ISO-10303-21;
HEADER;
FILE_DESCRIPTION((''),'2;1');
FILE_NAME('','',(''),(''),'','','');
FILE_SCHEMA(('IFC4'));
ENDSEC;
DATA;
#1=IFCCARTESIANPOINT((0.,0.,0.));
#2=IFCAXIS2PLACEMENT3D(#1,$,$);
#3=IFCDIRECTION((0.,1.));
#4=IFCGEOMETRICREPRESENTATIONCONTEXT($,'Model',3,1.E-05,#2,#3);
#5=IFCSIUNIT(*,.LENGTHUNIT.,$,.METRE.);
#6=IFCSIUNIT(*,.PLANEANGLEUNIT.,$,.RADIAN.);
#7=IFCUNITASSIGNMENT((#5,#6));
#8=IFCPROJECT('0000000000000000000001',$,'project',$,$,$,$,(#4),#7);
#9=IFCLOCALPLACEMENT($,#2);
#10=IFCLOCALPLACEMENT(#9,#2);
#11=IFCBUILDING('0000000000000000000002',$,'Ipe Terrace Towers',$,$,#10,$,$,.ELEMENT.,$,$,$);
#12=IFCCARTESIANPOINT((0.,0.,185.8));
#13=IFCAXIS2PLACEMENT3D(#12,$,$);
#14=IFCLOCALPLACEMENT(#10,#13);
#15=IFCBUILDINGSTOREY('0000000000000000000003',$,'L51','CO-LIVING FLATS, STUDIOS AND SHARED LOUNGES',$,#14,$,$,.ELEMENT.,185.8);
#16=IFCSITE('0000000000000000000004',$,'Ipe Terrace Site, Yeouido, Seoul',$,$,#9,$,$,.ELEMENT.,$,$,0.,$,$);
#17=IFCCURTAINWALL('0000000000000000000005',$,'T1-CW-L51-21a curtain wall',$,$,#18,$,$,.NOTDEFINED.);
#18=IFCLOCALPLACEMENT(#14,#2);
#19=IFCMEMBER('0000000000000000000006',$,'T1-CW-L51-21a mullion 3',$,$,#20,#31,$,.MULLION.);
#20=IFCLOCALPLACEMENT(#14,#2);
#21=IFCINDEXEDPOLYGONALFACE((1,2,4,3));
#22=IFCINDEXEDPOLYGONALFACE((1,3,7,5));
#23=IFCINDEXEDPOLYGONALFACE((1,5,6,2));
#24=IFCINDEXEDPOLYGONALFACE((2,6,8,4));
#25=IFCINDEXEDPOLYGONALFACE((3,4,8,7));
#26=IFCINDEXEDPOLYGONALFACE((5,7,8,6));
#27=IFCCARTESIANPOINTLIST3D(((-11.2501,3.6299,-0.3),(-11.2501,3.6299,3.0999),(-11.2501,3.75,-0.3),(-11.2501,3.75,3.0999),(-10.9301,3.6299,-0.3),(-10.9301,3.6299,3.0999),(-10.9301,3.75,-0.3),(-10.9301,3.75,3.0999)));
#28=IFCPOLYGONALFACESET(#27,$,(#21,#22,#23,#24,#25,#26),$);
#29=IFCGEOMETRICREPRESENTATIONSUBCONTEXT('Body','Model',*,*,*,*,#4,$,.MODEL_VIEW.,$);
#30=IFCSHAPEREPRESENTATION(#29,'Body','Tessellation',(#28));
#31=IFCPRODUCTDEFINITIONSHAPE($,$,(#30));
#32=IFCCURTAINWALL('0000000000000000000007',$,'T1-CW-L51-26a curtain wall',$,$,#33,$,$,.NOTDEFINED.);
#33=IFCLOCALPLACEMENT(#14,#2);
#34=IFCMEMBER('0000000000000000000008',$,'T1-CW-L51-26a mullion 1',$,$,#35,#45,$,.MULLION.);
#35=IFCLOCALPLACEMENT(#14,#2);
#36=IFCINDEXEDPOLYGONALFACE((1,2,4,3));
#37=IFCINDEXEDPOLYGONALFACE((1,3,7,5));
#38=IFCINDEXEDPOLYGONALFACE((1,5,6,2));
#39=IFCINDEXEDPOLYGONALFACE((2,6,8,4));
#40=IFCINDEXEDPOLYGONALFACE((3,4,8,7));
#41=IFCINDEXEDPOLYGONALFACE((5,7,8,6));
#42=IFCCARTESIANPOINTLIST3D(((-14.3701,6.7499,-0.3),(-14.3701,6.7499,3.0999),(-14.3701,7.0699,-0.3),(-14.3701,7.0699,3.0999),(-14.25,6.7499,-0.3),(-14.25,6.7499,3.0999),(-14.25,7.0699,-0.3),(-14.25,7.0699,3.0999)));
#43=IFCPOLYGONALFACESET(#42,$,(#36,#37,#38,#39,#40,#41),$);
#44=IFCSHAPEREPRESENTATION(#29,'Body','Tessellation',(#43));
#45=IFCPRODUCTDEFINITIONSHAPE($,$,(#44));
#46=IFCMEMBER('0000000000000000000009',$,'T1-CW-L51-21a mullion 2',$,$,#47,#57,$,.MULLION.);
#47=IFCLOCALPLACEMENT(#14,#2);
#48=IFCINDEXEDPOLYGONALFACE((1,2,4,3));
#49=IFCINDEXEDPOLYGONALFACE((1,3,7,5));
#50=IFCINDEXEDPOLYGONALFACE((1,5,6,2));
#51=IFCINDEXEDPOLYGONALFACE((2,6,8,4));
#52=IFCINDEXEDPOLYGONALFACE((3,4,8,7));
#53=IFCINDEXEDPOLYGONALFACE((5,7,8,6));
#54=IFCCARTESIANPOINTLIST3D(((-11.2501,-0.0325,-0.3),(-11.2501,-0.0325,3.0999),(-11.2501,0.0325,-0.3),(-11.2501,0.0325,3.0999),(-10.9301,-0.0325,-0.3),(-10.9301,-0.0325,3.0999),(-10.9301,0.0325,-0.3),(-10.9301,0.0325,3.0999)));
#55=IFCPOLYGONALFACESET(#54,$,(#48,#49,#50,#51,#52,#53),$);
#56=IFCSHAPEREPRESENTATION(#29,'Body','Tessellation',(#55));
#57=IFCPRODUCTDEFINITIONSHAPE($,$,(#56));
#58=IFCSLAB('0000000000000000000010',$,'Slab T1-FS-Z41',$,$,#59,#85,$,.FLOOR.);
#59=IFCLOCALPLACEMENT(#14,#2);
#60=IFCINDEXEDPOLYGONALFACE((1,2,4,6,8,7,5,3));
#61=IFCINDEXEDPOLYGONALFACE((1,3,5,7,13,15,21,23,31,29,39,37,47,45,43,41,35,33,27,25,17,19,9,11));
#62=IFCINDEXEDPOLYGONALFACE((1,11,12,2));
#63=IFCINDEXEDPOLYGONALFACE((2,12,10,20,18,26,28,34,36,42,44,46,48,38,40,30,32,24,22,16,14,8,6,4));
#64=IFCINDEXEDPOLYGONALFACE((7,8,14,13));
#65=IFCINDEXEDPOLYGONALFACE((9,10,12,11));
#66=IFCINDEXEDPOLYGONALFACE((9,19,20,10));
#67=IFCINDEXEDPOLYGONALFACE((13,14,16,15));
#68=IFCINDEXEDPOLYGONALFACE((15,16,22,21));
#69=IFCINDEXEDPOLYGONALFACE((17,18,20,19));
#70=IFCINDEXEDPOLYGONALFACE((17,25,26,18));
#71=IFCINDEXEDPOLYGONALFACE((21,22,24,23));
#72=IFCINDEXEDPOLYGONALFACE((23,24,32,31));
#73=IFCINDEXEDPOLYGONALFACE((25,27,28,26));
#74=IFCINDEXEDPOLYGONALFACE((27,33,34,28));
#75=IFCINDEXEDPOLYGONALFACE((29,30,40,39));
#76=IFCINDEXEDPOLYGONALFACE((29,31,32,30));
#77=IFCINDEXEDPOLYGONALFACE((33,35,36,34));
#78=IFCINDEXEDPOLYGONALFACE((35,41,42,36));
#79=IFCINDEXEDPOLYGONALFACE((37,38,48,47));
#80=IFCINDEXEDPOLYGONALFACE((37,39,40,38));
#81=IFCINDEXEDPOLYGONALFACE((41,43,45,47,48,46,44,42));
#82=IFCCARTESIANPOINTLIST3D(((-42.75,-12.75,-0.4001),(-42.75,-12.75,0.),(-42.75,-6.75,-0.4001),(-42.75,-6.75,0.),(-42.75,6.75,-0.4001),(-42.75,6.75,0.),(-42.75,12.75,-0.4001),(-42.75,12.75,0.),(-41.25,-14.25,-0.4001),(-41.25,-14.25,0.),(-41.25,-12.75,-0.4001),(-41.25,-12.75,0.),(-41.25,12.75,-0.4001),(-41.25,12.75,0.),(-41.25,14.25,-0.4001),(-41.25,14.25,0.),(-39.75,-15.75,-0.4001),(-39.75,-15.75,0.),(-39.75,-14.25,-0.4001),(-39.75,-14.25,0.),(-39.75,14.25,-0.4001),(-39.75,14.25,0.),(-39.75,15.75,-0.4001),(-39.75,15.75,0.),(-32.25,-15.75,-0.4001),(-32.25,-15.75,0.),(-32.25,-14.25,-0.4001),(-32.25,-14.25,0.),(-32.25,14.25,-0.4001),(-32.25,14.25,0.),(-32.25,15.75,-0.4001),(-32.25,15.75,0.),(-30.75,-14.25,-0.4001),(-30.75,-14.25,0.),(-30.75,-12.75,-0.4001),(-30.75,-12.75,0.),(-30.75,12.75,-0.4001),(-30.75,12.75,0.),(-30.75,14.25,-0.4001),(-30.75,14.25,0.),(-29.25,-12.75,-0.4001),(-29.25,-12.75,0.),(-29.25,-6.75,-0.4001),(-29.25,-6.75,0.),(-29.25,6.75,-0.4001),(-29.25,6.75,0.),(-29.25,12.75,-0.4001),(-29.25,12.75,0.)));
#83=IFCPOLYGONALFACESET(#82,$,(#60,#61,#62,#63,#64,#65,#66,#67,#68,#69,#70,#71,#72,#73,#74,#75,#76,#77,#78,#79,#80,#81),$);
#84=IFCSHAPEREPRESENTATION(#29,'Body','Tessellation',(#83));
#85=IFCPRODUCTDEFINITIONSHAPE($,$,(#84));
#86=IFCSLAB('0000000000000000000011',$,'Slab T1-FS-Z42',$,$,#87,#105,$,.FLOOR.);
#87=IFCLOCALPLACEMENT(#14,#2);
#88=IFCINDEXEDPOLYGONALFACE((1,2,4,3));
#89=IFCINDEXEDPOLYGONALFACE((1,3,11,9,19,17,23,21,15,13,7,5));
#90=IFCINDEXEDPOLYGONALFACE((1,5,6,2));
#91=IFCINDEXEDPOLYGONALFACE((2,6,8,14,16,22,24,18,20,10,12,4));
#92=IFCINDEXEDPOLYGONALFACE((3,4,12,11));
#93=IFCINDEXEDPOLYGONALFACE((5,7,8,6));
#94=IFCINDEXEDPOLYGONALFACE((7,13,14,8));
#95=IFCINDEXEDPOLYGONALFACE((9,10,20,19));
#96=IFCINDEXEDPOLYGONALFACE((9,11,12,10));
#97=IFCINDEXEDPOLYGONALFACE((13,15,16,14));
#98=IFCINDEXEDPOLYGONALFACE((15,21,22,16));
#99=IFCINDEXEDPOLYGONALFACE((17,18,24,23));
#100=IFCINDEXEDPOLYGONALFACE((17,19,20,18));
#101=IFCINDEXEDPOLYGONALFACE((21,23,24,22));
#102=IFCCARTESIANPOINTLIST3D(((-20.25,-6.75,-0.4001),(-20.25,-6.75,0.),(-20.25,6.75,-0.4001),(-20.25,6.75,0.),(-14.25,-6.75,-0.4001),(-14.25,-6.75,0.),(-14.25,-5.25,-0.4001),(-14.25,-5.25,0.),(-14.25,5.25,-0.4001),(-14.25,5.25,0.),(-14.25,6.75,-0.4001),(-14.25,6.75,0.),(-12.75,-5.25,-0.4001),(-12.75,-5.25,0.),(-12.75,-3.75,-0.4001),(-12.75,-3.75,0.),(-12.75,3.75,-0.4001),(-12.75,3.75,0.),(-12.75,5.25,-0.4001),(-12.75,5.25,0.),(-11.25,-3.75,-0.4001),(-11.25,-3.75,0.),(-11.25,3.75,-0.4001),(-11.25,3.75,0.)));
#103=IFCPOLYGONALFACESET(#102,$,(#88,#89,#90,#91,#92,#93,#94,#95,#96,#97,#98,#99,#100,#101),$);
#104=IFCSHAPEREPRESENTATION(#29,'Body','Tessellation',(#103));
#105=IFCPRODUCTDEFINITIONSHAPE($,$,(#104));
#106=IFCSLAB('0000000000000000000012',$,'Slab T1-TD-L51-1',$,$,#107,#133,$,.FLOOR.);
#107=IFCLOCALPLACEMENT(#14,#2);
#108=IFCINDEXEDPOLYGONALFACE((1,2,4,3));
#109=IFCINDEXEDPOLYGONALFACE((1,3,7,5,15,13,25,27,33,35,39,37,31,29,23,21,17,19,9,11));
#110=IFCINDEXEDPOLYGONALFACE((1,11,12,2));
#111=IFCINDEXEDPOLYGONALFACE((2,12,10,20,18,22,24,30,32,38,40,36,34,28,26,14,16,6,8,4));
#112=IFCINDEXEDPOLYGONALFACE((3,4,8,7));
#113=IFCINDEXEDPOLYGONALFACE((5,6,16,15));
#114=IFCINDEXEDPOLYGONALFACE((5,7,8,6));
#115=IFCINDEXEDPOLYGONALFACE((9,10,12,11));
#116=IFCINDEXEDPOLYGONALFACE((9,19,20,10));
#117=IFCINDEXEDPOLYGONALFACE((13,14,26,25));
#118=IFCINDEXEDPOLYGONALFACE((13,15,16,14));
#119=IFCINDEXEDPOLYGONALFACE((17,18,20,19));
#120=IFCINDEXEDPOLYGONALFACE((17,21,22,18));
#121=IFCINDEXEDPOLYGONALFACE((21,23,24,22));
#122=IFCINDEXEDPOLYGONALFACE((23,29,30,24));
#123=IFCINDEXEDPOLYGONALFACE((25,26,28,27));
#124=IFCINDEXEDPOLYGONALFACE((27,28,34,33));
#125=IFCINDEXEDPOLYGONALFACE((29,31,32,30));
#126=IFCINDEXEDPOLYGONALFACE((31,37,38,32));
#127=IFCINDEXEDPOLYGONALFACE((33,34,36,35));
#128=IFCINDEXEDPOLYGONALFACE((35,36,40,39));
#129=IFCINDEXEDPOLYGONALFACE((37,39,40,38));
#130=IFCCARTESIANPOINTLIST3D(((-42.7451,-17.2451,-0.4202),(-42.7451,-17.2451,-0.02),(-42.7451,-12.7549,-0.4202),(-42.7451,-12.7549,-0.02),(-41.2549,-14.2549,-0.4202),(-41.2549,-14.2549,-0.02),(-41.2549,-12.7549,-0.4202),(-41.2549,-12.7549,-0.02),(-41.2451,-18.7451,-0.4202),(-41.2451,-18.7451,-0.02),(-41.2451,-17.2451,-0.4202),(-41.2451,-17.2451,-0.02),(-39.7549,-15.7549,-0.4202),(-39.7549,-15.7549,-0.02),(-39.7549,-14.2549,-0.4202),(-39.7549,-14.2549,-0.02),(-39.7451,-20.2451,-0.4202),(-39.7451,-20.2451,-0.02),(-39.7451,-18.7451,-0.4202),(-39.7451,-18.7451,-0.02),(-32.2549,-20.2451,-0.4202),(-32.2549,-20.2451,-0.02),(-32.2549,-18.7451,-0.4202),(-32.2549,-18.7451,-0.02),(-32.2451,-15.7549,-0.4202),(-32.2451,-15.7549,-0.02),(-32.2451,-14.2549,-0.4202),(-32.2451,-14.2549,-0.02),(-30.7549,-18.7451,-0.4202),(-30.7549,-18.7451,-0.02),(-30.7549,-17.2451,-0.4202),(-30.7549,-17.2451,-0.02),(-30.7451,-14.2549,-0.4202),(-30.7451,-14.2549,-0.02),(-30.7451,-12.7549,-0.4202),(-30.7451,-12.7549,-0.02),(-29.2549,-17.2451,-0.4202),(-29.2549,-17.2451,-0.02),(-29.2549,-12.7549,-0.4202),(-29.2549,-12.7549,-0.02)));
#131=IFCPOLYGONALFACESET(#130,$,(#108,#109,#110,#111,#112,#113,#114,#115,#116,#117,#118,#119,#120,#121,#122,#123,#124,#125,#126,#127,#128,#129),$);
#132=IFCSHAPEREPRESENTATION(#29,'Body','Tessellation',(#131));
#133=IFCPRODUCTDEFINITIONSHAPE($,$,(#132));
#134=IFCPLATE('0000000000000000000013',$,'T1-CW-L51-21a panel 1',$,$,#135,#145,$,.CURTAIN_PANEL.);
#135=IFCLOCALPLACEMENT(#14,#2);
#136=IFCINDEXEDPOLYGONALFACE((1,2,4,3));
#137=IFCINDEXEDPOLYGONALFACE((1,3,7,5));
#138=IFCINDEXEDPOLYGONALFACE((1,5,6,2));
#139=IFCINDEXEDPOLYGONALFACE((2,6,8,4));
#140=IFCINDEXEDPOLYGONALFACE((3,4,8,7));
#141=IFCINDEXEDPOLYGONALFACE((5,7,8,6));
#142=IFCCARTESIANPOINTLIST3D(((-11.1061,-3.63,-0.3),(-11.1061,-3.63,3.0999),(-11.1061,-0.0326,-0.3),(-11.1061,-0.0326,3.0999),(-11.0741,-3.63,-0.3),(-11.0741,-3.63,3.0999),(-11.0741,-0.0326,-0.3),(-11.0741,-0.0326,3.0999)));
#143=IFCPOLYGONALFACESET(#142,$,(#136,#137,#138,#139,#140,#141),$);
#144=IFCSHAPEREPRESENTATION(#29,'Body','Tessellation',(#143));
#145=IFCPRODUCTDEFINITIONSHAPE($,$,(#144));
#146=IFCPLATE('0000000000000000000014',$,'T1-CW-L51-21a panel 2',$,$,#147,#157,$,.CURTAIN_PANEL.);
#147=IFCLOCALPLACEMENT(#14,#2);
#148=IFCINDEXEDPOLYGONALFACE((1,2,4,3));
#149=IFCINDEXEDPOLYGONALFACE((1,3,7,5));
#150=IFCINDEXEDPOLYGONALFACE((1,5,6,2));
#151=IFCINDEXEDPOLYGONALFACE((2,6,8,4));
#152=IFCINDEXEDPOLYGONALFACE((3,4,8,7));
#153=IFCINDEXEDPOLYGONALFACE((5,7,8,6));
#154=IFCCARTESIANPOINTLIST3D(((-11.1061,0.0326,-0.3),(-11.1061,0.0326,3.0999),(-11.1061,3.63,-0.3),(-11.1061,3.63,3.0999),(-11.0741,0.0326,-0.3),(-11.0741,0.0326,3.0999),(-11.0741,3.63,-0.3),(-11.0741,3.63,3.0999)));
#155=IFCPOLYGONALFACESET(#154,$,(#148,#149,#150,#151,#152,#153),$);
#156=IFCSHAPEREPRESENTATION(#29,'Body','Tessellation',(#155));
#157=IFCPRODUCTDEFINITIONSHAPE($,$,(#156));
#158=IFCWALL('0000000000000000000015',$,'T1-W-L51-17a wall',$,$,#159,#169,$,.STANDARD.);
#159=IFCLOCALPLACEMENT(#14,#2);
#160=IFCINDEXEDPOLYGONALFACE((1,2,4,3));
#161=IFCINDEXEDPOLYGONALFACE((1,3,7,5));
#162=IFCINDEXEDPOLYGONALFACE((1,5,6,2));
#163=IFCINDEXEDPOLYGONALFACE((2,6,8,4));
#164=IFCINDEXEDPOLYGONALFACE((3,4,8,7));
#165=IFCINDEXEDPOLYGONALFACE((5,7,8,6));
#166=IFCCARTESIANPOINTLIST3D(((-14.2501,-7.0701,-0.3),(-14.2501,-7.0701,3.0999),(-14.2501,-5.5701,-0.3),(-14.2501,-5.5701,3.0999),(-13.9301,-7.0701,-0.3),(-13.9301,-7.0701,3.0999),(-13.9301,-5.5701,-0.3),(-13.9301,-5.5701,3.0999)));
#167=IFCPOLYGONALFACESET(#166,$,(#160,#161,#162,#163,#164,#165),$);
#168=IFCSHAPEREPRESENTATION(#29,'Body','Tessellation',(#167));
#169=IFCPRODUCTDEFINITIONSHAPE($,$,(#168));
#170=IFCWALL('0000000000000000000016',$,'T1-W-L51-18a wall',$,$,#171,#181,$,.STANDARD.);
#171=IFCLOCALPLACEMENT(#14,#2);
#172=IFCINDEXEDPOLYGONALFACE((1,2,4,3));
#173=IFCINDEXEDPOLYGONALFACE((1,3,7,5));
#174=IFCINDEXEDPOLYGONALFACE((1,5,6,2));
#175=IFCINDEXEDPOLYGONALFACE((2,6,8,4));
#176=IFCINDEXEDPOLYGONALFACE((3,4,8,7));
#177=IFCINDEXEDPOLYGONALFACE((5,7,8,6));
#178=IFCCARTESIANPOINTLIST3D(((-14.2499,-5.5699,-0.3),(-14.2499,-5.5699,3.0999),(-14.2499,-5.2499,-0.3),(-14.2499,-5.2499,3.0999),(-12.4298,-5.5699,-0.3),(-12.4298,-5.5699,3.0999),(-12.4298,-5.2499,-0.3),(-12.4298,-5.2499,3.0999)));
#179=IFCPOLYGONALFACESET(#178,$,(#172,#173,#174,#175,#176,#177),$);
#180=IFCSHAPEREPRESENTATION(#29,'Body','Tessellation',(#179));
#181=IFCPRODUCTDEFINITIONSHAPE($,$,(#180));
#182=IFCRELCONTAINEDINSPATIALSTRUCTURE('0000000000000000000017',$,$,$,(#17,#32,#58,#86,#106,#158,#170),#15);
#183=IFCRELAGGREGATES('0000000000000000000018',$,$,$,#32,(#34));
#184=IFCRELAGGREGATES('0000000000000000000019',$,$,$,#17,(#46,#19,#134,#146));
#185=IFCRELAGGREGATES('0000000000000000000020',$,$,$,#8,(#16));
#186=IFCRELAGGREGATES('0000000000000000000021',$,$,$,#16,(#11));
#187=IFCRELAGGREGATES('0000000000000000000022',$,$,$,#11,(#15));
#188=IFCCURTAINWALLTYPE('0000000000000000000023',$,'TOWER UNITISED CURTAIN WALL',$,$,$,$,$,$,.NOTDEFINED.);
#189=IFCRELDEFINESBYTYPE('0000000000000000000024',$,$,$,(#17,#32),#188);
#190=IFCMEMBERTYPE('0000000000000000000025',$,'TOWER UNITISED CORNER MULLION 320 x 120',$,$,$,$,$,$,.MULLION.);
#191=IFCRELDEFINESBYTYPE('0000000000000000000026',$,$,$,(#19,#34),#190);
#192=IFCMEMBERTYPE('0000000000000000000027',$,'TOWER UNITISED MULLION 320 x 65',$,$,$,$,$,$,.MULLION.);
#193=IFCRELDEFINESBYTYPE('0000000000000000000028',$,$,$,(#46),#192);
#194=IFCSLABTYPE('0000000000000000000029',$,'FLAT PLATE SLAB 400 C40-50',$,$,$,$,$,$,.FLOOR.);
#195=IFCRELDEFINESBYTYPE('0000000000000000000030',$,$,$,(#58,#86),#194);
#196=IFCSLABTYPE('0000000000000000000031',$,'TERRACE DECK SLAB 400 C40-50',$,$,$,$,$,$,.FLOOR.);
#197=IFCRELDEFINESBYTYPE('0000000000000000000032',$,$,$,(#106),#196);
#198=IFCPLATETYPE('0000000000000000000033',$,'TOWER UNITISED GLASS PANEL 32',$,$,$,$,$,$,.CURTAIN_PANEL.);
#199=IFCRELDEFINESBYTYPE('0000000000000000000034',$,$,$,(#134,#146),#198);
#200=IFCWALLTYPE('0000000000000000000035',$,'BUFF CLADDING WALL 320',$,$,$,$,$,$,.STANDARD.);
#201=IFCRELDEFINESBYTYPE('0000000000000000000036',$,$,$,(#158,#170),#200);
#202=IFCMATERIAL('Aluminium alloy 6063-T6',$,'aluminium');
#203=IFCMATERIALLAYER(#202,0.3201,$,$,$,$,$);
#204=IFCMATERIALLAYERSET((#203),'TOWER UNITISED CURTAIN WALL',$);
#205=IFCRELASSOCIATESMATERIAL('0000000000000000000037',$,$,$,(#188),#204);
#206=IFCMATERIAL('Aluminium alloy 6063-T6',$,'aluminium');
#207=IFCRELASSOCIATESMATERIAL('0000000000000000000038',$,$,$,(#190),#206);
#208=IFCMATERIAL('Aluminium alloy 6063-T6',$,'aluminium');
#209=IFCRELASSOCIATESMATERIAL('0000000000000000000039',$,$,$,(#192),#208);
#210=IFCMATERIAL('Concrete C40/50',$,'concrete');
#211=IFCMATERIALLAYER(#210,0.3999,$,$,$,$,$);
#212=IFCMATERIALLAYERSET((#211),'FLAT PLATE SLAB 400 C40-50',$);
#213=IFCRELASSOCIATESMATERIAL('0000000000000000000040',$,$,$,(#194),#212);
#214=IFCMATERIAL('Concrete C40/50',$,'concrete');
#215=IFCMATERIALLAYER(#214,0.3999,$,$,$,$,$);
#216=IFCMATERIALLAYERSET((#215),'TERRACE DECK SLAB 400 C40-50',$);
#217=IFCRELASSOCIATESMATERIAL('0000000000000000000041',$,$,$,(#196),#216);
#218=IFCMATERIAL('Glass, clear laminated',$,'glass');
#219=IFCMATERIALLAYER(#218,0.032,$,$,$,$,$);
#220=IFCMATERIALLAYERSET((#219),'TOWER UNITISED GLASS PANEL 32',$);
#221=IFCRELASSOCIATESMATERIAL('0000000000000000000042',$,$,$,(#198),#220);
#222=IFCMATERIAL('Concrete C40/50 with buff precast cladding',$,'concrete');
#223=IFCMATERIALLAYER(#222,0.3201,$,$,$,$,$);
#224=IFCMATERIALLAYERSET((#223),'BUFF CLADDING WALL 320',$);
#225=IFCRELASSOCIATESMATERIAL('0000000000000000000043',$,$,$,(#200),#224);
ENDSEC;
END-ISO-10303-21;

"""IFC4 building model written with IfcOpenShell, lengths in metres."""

from ifc_helpers import new_model, si_unit, direction, frame, frame_2d, origin, origin_2d, place, context, subcontext, project, spatial, polyline, rectangle, outline, extrude, material, layer, layer_set, material_profile, profile_set, type_object, element, aggregate, save


model = new_model("IFC4")

# Units and contexts
model_context = context("Model", 3, precision=1e-05, world=origin(), true_north=direction((0.0, 1.0)))
body_context = subcontext(model_context, "Body", "Model", "MODEL_VIEW")
ifc_project = project(units=[si_unit("LENGTHUNIT", "METRE"), si_unit("PLANEANGLEUNIT", "RADIAN")], contexts=[model_context])

# Site, building, storey
site_placement = place(None, origin())
site = spatial("IfcSite", under=ifc_project, at=site_placement, Name="Ipe Terrace Site, Yeouido, Seoul", CompositionType="ELEMENT", RefElevation=0.0)
building_placement = place(site_placement, origin())
building = spatial("IfcBuilding", under=site, at=building_placement, Name="Ipe Terrace Towers", CompositionType="ELEMENT")
storey_placement = place(building_placement, frame((0.0, 0.0, 185.8)))
storey = spatial("IfcBuildingStorey", under=building, at=storey_placement, Name="L51", Description="CO-LIVING FLATS, STUDIOS AND SHARED LOUNGES", CompositionType="ELEMENT", Elevation=185.8)

# Shared definitions
ifc_material_1 = material(Name="Aluminium alloy 6063-T6", Category="aluminium")
ifc_layer_1 = layer(ifc_material_1, 0.3201)
ifc_layer_set_1 = layer_set([ifc_layer_1], Name="TOWER UNITISED CURTAIN WALL")
curtain_wall_type = type_object("IfcCurtainWallType", Name="TOWER UNITISED CURTAIN WALL", PredefinedType="NOTDEFINED", material=ifc_layer_set_1)
ifc_material_2 = material(Name="Aluminium alloy 6063-T6", Category="aluminium")
ifc_material_profile_1 = material_profile(ifc_material_2, rectangle(XDim=0.3201, YDim=0.1201, at=origin_2d()), Name="TOWER UNITISED CORNER MULLION 320 x 120")
ifc_profile_set_1 = profile_set([ifc_material_profile_1], Name="Aluminium alloy 6063-T6")
member_type_1 = type_object("IfcMemberType", Name="TOWER UNITISED CORNER MULLION 320 x 120", PredefinedType="MULLION", material=ifc_profile_set_1)

# Curtain wall, member
curtain_wall_1_placement = place(storey_placement, origin())
curtain_wall_1 = element("IfcCurtainWall", 1, at=curtain_wall_1_placement, inside=storey, type_object=curtain_wall_type, Name="T1-CW-L51-21a curtain wall", PredefinedType="NOTDEFINED")
member_1_placement = place(storey_placement, frame((-11.0901, 3.6899, -0.3), z_axis=(0.0, 0.0, 1.0), x_axis=(1.0, 0.0, 0.0)))
member_1 = element("IfcMember", 2, at=member_1_placement, type_object=member_type_1, Name="T1-CW-L51-21a mullion 3", PredefinedType="MULLION", context=body_context, shape_type="SweptSolid", body=[
    extrude(rectangle(XDim=0.3201, YDim=0.1201, at=origin_2d()), origin(), (0.0, 0.0, 1.0), 3.3999),
])

# Curtain wall, member
curtain_wall_2_placement = place(storey_placement, origin())
curtain_wall_2 = element("IfcCurtainWall", 3, at=curtain_wall_2_placement, inside=storey, type_object=curtain_wall_type, Name="T1-CW-L51-26a curtain wall", PredefinedType="NOTDEFINED")
member_2_placement = place(storey_placement, frame((-14.3101, 6.9099, -0.3), z_axis=(0.0, 0.0, 1.0), x_axis=(0.0, 1.0, 0.0)))
member_2 = element("IfcMember", 4, at=member_2_placement, type_object=member_type_1, Name="T1-CW-L51-26a mullion 1", PredefinedType="MULLION", context=body_context, shape_type="SweptSolid", body=[
    extrude(rectangle(XDim=0.3201, YDim=0.1201, at=origin_2d()), origin(), (0.0, 0.0, 1.0), 3.3999),
])
aggregate(curtain_wall_2, [member_2])

# Member
ifc_material_3 = material(Name="Aluminium alloy 6063-T6", Category="aluminium")
ifc_material_profile_2 = material_profile(ifc_material_3, rectangle(XDim=0.3201, YDim=0.0649, at=origin_2d()), Name="TOWER UNITISED MULLION 320 x 65")
ifc_profile_set_2 = profile_set([ifc_material_profile_2], Name="Aluminium alloy 6063-T6")
member_type_2 = type_object("IfcMemberType", Name="TOWER UNITISED MULLION 320 x 65", PredefinedType="MULLION", material=ifc_profile_set_2)
member_3_placement = place(storey_placement, frame((-11.0901, 0.0, -0.3), z_axis=(0.0, 0.0, 1.0), x_axis=(1.0, 0.0, 0.0)))
member_3 = element("IfcMember", 5, at=member_3_placement, type_object=member_type_2, Name="T1-CW-L51-21a mullion 2", PredefinedType="MULLION", context=body_context, shape_type="SweptSolid", body=[
    extrude(rectangle(XDim=0.3201, YDim=0.0649, at=origin_2d()), origin(), (0.0, 0.0, 1.0), 3.3999),
])

# Slabs
ifc_material_4 = material(Name="Concrete C40/50", Category="concrete")
ifc_layer_2 = layer(ifc_material_4, 0.3999)
ifc_layer_set_2 = layer_set([ifc_layer_2], Name="FLAT PLATE SLAB 400 C40-50")
slab_type_1 = type_object("IfcSlabType", Name="FLAT PLATE SLAB 400 C40-50", PredefinedType="FLOOR", material=ifc_layer_set_2)
slab_1_placement = place(storey_placement, frame((0.0, 0.0, -0.4001)))
element("IfcSlab", 6, at=slab_1_placement, inside=storey, type_object=slab_type_1, Name="Slab T1-FS-Z41", PredefinedType="FLOOR", context=body_context, shape_type="SweptSolid", body=[
    extrude(outline(polyline([(-30.75, -12.75), (-30.75, -14.25), (-32.25, -14.25), (-32.25, -15.75), (-39.75, -15.75), (-39.75, -14.25), (-41.25, -14.25), (-41.25, -12.75), (-42.75, -12.75), (-42.75, -6.75), (-42.75, 6.75), (-42.75, 12.75), (-41.25, 12.75), (-41.25, 14.25), (-39.75, 14.25), (-39.75, 15.75), (-32.25, 15.75), (-32.25, 14.25), (-30.75, 14.25), (-30.75, 12.75), (-29.25, 12.75), (-29.25, 6.75), (-29.25, -6.75), (-29.25, -12.75), (-30.75, -12.75)])), origin(), (0.0, 0.0, 1.0), 0.4001),
])
slab_2_placement = place(storey_placement, frame((0.0, 0.0, -0.4001)))
element("IfcSlab", 7, at=slab_2_placement, inside=storey, type_object=slab_type_1, Name="Slab T1-FS-Z42", PredefinedType="FLOOR", context=body_context, shape_type="SweptSolid", body=[
    extrude(outline(polyline([(-14.25, 5.25), (-12.75, 5.25), (-12.75, 3.75), (-11.25, 3.75), (-11.25, -3.75), (-12.75, -3.75), (-12.75, -5.25), (-14.25, -5.25), (-14.25, -6.75), (-20.25, -6.75), (-20.25, 6.75), (-14.25, 6.75), (-14.25, 5.25)])), origin(), (0.0, 0.0, 1.0), 0.4001),
])
ifc_material_5 = material(Name="Concrete C40/50", Category="concrete")
ifc_layer_3 = layer(ifc_material_5, 0.3999)
ifc_layer_set_3 = layer_set([ifc_layer_3], Name="TERRACE DECK SLAB 400 C40-50")
slab_type_2 = type_object("IfcSlabType", Name="TERRACE DECK SLAB 400 C40-50", PredefinedType="FLOOR", material=ifc_layer_set_3)
slab_3_placement = place(storey_placement, frame((0.0, 0.0, -0.4202)))
element("IfcSlab", 8, at=slab_3_placement, inside=storey, type_object=slab_type_2, Name="Slab T1-TD-L51-1", PredefinedType="FLOOR", context=body_context, shape_type="SweptSolid", body=[
    extrude(outline(polyline([(-42.7451, -17.2451), (-42.7451, -12.7549), (-41.2549, -12.7549), (-41.2549, -14.2549), (-39.7549, -14.2549), (-39.7549, -15.7549), (-32.2451, -15.7549), (-32.2451, -14.2549), (-30.7451, -14.2549), (-30.7451, -12.7549), (-29.2549, -12.7549), (-29.2549, -17.2451), (-30.7549, -17.2451), (-30.7549, -18.7451), (-32.2549, -18.7451), (-32.2549, -20.2451), (-39.7451, -20.2451), (-39.7451, -18.7451), (-41.2451, -18.7451), (-41.2451, -17.2451), (-42.7451, -17.2451)])), origin(), (0.0, 0.0, 1.0), 0.4001),
])

# Plates
ifc_material_6 = material(Name="Glass, clear laminated", Category="glass")
ifc_layer_4 = layer(ifc_material_6, 0.032)
ifc_layer_set_4 = layer_set([ifc_layer_4], Name="TOWER UNITISED GLASS PANEL 32")
plate_type = type_object("IfcPlateType", Name="TOWER UNITISED GLASS PANEL 32", PredefinedType="CURTAIN_PANEL", material=ifc_layer_set_4)
plate_1_placement = place(storey_placement, frame((-11.0901, -1.8313, -0.3), z_axis=(0.0, 0.0, 1.0), x_axis=(0.0, 1.0, 0.0)))
plate_1 = element("IfcPlate", 9, at=plate_1_placement, type_object=plate_type, Name="T1-CW-L51-21a panel 1", PredefinedType="CURTAIN_PANEL", context=body_context, shape_type="SweptSolid", body=[
    extrude(rectangle(XDim=3.5974, YDim=0.032, at=origin_2d()), origin(), (0.0, 0.0, 1.0), 3.3999),
])
plate_2_placement = place(storey_placement, frame((-11.0901, 1.8313, -0.3), z_axis=(0.0, 0.0, 1.0), x_axis=(0.0, 1.0, 0.0)))
plate_2 = element("IfcPlate", 10, at=plate_2_placement, type_object=plate_type, Name="T1-CW-L51-21a panel 2", PredefinedType="CURTAIN_PANEL", context=body_context, shape_type="SweptSolid", body=[
    extrude(rectangle(XDim=3.5974, YDim=0.032, at=origin_2d()), origin(), (0.0, 0.0, 1.0), 3.3999),
])
aggregate(curtain_wall_1, [member_3, member_1, plate_1, plate_2])

# Walls
ifc_material_7 = material(Name="Concrete C40/50 with buff precast cladding", Category="concrete")
ifc_layer_5 = layer(ifc_material_7, 0.3201)
ifc_layer_set_5 = layer_set([ifc_layer_5], Name="BUFF CLADDING WALL 320")
wall_type = type_object("IfcWallType", Name="BUFF CLADDING WALL 320", PredefinedType="STANDARD", material=ifc_layer_set_5)
wall_1_placement = place(storey_placement, frame((-14.0901, -7.0701, -0.3), z_axis=(0.0, 0.0, 1.0), x_axis=(0.0, 1.0, 0.0)))
element("IfcWall", 11, at=wall_1_placement, inside=storey, type_object=wall_type, Name="T1-W-L51-17a wall", PredefinedType="STANDARD", context=body_context, shape_type="SweptSolid", body=[
    extrude(rectangle(XDim=1.5, YDim=0.3201, at=frame_2d((0.75, 0.0))), origin(), (0.0, 0.0, 1.0), 3.3999),
])
wall_2_placement = place(storey_placement, frame((-14.25, -5.4099, -0.3), z_axis=(0.0, 0.0, 1.0), x_axis=(1.0, 0.0, 0.0)))
element("IfcWall", 12, at=wall_2_placement, inside=storey, type_object=wall_type, Name="T1-W-L51-18a wall", PredefinedType="STANDARD", context=body_context, shape_type="SweptSolid", body=[
    extrude(rectangle(XDim=1.8201, YDim=0.3201, at=frame_2d((0.9102, 0.0))), origin(), (0.0, 0.0, 1.0), 3.3999),
])

save(model, "model.ifc")
